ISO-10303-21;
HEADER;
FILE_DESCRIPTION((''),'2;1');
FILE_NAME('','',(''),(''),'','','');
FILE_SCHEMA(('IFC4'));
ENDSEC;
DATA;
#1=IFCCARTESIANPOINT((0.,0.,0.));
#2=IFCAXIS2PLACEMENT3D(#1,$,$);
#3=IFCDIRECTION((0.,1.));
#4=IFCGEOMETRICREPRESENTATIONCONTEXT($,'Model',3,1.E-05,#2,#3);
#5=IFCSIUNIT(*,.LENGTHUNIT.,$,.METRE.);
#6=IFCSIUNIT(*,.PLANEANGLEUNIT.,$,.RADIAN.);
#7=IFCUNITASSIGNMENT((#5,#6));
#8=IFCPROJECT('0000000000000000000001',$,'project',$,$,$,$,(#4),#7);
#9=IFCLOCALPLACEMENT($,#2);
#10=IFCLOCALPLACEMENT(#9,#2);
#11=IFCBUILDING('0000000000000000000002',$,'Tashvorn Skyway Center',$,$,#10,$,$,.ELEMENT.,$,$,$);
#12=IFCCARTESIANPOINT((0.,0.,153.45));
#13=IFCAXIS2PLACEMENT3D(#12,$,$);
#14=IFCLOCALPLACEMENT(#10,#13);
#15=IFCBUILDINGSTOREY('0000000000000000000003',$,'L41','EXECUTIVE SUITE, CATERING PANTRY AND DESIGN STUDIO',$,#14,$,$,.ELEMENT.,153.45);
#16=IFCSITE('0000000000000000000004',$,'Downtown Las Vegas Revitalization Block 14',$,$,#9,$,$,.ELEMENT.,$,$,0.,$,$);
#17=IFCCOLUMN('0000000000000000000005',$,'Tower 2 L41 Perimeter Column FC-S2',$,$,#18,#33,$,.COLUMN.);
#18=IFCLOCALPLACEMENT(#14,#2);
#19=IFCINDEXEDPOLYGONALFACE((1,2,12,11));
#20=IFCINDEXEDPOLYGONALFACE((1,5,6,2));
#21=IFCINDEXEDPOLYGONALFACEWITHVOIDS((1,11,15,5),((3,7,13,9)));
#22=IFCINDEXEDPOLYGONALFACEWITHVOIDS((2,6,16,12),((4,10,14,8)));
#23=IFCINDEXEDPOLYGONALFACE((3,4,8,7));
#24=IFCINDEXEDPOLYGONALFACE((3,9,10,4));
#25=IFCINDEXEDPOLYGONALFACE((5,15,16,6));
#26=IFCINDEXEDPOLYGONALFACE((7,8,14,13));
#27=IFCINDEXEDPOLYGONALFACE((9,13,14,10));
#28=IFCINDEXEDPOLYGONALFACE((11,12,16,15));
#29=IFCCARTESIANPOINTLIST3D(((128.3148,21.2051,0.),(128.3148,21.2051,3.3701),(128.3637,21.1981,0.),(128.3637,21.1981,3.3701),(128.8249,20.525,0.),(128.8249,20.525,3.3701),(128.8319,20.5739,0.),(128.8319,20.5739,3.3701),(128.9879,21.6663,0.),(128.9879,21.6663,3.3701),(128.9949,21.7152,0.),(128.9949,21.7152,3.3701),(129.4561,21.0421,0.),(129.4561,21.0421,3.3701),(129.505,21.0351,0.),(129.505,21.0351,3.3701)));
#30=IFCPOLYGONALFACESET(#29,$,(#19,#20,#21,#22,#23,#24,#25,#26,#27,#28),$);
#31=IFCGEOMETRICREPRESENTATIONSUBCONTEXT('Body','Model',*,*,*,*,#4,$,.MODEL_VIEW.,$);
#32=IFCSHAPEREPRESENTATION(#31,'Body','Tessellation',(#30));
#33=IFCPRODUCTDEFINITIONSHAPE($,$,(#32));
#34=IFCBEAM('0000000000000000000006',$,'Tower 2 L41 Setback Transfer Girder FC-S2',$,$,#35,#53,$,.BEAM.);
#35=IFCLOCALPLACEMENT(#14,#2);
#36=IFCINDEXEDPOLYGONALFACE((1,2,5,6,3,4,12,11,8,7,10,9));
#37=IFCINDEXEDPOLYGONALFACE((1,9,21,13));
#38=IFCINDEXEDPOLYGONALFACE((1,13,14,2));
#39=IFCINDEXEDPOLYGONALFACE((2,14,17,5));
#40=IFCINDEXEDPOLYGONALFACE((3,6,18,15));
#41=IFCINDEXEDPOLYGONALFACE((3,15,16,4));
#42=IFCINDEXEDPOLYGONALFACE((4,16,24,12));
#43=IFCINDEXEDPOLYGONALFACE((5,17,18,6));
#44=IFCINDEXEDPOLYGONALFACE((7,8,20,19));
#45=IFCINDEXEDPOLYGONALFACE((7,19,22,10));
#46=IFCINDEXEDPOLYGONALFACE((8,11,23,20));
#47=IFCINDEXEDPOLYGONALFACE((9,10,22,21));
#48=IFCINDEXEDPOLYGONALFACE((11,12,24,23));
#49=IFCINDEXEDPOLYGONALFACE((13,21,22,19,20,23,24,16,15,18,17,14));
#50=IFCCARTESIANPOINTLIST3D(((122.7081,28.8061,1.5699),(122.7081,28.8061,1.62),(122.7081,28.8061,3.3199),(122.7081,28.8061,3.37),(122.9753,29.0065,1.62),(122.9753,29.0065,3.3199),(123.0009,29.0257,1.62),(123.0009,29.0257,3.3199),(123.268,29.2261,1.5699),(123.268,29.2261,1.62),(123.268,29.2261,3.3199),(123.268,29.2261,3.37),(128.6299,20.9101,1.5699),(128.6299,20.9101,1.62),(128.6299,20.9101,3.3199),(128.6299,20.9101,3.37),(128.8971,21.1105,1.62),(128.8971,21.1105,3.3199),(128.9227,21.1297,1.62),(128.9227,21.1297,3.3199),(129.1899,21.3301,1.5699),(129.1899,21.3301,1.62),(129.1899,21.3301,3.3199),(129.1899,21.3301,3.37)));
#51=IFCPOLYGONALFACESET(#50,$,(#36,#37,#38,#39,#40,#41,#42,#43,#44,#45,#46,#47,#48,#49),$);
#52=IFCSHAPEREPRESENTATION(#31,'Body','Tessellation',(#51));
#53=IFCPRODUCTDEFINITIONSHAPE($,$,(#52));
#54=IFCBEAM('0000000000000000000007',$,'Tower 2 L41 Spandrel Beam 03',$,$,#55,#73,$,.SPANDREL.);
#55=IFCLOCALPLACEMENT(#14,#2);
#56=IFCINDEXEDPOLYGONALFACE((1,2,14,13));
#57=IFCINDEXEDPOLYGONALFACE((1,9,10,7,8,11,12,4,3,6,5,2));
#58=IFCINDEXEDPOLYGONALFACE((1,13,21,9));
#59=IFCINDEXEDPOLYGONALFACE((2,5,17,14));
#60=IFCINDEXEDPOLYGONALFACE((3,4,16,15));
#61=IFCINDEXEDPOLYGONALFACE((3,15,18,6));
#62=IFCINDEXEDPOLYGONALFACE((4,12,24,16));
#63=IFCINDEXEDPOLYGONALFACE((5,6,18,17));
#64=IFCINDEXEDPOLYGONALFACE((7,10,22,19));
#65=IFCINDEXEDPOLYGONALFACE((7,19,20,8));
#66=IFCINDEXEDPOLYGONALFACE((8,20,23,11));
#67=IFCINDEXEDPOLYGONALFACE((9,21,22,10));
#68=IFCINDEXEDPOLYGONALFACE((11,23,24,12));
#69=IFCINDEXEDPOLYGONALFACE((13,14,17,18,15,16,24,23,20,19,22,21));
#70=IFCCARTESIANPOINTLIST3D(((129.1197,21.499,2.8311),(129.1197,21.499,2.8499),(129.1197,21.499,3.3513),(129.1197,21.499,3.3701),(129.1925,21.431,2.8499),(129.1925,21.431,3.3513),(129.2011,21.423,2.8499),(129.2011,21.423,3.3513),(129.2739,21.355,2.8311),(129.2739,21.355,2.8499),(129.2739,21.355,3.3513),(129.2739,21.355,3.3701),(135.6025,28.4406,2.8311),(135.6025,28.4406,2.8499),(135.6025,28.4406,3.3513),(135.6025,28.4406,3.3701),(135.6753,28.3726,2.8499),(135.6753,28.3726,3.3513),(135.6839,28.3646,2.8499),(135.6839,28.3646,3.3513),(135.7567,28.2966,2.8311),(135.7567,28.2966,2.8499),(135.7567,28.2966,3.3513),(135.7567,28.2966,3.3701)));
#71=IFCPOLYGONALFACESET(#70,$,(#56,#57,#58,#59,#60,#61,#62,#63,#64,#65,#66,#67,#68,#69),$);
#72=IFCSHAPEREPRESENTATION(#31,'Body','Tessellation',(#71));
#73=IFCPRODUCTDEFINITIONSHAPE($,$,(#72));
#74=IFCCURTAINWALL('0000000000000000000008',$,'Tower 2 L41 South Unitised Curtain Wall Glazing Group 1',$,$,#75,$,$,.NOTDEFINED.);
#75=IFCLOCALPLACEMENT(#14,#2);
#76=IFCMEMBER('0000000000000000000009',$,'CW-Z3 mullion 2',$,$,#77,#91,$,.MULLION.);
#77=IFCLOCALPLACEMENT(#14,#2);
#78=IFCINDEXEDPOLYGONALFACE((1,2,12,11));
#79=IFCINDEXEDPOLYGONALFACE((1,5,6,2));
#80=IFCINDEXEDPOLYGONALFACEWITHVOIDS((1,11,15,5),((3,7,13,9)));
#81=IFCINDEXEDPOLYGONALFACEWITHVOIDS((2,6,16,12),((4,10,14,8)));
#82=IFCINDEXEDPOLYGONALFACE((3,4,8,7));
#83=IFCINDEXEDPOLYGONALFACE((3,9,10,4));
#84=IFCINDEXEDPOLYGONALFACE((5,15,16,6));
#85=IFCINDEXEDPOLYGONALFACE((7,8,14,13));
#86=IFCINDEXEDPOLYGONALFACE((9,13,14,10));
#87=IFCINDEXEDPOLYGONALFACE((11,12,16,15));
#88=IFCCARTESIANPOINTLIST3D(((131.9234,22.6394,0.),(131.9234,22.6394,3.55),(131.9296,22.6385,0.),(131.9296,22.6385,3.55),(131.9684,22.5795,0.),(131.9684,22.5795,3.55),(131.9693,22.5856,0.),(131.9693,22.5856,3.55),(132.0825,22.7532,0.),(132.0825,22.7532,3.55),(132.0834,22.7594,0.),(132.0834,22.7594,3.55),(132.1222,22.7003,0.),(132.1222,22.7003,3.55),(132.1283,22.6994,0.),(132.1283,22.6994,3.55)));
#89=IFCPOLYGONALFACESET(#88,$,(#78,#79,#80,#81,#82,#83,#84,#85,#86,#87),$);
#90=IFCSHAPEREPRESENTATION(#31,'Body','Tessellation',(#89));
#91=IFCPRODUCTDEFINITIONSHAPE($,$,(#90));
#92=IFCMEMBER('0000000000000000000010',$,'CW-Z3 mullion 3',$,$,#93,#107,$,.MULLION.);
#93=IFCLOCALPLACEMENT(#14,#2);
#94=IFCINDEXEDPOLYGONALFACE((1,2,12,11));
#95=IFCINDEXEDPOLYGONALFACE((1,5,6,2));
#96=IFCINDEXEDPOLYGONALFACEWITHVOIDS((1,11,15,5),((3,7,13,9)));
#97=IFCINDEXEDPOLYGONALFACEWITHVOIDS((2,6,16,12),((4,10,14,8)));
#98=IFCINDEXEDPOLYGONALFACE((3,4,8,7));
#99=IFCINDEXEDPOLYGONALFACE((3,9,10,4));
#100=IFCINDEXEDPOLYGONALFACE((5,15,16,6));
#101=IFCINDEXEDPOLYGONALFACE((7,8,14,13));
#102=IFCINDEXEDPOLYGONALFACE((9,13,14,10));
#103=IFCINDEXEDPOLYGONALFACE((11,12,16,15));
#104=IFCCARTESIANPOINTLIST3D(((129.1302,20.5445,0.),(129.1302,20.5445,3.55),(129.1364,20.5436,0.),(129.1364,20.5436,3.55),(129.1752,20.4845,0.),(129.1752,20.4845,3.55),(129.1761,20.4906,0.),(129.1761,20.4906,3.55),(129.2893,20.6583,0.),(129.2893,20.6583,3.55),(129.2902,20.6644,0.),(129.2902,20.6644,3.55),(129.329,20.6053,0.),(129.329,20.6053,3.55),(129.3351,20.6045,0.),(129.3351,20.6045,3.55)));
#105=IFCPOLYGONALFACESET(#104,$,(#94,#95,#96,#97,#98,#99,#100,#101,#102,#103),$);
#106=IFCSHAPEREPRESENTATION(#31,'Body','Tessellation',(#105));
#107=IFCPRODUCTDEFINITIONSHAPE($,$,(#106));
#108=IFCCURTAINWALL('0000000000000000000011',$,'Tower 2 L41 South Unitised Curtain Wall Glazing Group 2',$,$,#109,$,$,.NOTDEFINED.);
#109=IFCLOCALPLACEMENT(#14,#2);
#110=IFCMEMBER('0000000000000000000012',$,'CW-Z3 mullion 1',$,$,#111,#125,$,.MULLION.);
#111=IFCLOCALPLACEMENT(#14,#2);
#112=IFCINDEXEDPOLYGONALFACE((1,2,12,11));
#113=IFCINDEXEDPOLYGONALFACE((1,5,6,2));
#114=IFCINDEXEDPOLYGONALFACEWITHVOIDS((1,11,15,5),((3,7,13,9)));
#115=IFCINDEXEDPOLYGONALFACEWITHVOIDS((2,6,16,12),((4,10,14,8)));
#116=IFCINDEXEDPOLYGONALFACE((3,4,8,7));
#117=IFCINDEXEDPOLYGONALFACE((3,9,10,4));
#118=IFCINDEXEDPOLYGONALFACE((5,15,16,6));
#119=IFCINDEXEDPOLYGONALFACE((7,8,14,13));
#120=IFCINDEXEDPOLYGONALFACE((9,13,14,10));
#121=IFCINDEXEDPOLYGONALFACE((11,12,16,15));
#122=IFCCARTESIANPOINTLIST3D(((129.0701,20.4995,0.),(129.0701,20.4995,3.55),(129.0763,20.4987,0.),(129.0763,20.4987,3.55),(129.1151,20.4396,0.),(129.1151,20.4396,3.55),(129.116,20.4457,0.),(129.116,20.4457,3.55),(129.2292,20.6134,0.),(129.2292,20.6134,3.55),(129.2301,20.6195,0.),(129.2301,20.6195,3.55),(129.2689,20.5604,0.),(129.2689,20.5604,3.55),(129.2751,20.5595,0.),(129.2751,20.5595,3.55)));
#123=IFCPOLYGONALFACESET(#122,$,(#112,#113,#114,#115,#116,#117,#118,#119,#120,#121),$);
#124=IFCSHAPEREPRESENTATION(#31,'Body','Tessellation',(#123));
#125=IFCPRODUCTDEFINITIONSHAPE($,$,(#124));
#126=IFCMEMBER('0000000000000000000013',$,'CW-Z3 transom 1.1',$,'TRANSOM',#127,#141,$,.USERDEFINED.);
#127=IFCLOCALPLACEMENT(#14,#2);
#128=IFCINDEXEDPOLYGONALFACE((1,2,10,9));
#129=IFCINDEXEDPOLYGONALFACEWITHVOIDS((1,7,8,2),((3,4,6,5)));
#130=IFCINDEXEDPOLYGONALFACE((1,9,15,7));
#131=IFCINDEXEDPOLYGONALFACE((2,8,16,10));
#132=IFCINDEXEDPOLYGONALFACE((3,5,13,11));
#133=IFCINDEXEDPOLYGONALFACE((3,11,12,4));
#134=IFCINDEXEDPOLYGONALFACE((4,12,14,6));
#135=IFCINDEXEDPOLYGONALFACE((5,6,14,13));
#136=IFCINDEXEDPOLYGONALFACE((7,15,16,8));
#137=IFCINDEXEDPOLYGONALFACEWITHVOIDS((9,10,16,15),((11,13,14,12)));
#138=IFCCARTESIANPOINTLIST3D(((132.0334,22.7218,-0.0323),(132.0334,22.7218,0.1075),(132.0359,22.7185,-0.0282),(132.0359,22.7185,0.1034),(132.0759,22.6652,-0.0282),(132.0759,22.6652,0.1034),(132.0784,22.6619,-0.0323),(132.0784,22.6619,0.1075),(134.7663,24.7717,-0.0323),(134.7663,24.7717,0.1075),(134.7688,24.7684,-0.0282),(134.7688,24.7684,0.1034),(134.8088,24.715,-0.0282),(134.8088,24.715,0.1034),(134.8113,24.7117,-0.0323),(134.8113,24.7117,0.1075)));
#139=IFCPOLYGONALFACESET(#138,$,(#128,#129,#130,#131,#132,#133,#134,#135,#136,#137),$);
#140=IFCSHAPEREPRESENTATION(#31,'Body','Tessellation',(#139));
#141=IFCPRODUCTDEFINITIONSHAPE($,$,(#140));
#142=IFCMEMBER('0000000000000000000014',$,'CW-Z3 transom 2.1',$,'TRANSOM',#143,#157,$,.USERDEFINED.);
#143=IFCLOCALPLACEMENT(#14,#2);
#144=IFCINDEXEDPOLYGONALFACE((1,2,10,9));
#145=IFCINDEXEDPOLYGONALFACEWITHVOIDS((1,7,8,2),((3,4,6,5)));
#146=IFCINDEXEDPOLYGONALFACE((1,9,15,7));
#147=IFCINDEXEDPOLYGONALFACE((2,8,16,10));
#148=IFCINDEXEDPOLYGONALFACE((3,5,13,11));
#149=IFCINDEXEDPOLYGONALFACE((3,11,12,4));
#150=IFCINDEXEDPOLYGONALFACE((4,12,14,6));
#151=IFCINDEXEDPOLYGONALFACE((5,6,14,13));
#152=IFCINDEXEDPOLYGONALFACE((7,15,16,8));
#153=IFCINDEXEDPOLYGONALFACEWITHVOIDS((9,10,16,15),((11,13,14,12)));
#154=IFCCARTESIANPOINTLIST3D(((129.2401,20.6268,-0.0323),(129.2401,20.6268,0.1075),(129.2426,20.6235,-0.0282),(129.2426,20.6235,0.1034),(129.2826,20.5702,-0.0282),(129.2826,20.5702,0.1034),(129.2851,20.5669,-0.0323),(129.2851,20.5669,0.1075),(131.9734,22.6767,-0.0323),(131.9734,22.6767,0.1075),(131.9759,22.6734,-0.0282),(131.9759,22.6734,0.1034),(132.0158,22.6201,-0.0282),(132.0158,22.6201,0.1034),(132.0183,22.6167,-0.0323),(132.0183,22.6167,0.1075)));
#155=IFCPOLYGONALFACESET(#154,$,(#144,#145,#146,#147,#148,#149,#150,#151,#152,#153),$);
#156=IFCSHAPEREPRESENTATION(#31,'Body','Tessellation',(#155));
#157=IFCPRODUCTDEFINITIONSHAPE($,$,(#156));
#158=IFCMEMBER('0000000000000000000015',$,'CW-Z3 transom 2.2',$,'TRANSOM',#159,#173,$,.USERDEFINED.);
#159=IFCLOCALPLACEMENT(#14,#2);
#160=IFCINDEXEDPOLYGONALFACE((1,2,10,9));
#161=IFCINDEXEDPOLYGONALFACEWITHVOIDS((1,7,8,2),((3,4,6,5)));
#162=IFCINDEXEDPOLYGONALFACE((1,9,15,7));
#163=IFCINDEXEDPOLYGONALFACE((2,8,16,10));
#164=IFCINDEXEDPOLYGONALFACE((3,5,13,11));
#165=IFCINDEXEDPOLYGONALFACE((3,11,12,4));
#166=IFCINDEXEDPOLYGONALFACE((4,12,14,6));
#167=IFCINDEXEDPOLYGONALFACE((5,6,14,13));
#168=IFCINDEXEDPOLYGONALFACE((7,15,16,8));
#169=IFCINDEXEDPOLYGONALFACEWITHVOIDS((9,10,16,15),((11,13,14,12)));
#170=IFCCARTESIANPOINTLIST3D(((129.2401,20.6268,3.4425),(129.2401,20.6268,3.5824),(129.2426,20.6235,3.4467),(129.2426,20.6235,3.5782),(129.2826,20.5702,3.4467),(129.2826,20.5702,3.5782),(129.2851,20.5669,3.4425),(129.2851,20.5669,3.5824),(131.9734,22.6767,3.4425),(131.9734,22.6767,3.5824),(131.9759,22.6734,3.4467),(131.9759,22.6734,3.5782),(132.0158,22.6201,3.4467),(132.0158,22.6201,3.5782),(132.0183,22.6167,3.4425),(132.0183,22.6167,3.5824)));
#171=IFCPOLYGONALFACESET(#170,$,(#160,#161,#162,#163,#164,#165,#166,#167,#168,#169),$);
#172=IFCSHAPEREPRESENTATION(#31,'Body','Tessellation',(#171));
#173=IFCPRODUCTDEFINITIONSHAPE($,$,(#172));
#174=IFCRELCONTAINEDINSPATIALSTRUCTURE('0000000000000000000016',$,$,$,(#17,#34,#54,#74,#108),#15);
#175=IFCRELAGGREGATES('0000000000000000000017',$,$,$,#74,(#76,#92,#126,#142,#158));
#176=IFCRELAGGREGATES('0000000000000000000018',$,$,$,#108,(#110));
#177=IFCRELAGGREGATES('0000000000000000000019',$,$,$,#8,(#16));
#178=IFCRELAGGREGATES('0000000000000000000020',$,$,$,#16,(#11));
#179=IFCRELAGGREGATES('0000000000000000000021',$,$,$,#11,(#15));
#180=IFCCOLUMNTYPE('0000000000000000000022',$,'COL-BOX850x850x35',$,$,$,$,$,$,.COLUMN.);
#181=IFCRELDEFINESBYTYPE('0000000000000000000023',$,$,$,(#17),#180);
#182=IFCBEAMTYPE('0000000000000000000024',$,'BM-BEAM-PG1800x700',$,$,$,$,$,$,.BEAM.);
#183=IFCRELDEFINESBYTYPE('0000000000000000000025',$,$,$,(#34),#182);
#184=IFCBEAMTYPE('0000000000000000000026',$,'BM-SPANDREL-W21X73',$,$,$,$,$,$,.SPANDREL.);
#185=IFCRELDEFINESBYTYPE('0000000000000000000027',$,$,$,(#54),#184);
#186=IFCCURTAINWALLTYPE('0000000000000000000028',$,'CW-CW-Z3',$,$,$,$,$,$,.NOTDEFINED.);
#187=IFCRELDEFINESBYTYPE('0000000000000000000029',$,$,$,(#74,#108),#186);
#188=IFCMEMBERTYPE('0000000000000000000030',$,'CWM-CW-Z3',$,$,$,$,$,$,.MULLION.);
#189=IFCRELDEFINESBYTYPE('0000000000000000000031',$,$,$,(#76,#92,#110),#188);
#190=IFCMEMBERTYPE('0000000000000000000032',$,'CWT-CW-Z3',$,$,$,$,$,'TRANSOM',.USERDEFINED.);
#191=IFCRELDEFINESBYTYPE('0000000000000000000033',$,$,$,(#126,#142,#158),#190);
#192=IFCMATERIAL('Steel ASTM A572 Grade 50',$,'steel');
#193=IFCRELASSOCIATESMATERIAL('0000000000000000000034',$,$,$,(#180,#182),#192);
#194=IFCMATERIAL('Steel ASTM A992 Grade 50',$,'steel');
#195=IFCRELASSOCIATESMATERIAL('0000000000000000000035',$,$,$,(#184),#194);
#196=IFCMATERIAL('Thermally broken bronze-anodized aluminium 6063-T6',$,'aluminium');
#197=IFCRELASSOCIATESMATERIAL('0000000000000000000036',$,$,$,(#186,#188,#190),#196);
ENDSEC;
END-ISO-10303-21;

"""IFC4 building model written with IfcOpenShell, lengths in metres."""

from ifc_helpers import new_model, si_unit, direction, frame, origin, origin_2d, place, context, subcontext, project, spatial, hollow_rectangle, i_section, extrude, material, material_profile, profile_set, type_object, element, aggregate, save


model = new_model("IFC4")

# Units and contexts
model_context = context("Model", 3, precision=1e-05, world=origin(), true_north=direction((0.0, 1.0)))
body_context = subcontext(model_context, "Body", "Model", "MODEL_VIEW")
ifc_project = project(units=[si_unit("LENGTHUNIT", "METRE"), si_unit("PLANEANGLEUNIT", "RADIAN")], contexts=[model_context])

# Site, building, storey
site_placement = place(None, origin())
site = spatial("IfcSite", under=ifc_project, at=site_placement, Name="Downtown Las Vegas Revitalization Block 14", CompositionType="ELEMENT", RefElevation=0.0)
building_placement = place(site_placement, origin())
building = spatial("IfcBuilding", under=site, at=building_placement, Name="Tashvorn Skyway Center", CompositionType="ELEMENT")
storey_placement = place(building_placement, frame((0.0, 0.0, 153.45)))
storey = spatial("IfcBuildingStorey", under=building, at=storey_placement, Name="L41", Description="EXECUTIVE SUITE, CATERING PANTRY AND DESIGN STUDIO", CompositionType="ELEMENT", Elevation=153.45)

# Column
ifc_material_1 = material(Name="Steel ASTM A572 Grade 50", Category="steel")
ifc_material_profile_1 = material_profile(ifc_material_1, hollow_rectangle(XDim=0.8501, YDim=0.8501, WallThickness=0.0349, at=origin_2d()), Name="BOX850x850x35")
ifc_profile_set_1 = profile_set([ifc_material_profile_1], Name="Steel ASTM A572 Grade 50")
column_type = type_object("IfcColumnType", Name="COL-BOX850x850x35", PredefinedType="COLUMN", material=ifc_profile_set_1)
column_placement = place(storey_placement, frame((128.9099, 21.1201, 0.0), z_axis=(0.0, 0.0, 1.0), x_axis=(0.8, 0.6, 0.0)))
element("IfcColumn", 1, at=column_placement, inside=storey, type_object=column_type, Name="Tower 2 L41 Perimeter Column FC-S2", PredefinedType="COLUMN", context=body_context, shape_type="SweptSolid", body=[
    extrude(hollow_rectangle(XDim=0.8501, YDim=0.8501, WallThickness=0.0349, at=origin_2d()), origin(), (0.0, 0.0, 1.0), 3.3701),
])

# Beams
ifc_material_profile_2 = material_profile(ifc_material_1, i_section(OverallWidth=0.7, OverallDepth=1.8, WebThickness=0.032, FlangeThickness=0.05, at=origin_2d()), Name="PG1800x700")
ifc_profile_set_2 = profile_set([ifc_material_profile_2], Name="Steel ASTM A572 Grade 50")
beam_type_1 = type_object("IfcBeamType", Name="BM-BEAM-PG1800x700", PredefinedType="BEAM", material=ifc_profile_set_2)
beam_1_placement = place(storey_placement, frame((128.9099, 21.1201, 2.47), z_axis=(-0.599992, 0.800006, 0.0), x_axis=(-0.800006, -0.599992, 0.0)))
element("IfcBeam", 2, at=beam_1_placement, inside=storey, type_object=beam_type_1, Name="Tower 2 L41 Setback Transfer Girder FC-S2", PredefinedType="BEAM", context=body_context, shape_type="SweptSolid", body=[
    extrude(i_section(OverallWidth=0.7, OverallDepth=1.8, WebThickness=0.032, FlangeThickness=0.05, at=origin_2d()), origin(), (0.0, 0.0, 1.0), 9.8699),
])
ifc_material_2 = material(Name="Steel ASTM A992 Grade 50", Category="steel")
ifc_material_profile_3 = material_profile(ifc_material_2, i_section(OverallWidth=0.2109, OverallDepth=0.5391, WebThickness=0.0117, FlangeThickness=0.0188, at=origin_2d()), Name="W21X73")
ifc_profile_set_3 = profile_set([ifc_material_profile_3], Name="Steel ASTM A992 Grade 50")
beam_type_2 = type_object("IfcBeamType", Name="BM-SPANDREL-W21X73", PredefinedType="SPANDREL", material=ifc_profile_set_3)
beam_2_placement = place(storey_placement, frame((129.1968, 21.427, 3.1006), z_axis=(0.682545, 0.730843, 0.0), x_axis=(-0.730843, 0.682545, 0.0)))
element("IfcBeam", 3, at=beam_2_placement, inside=storey, type_object=beam_type_2, Name="Tower 2 L41 Spandrel Beam 03", PredefinedType="SPANDREL", context=body_context, shape_type="SweptSolid", body=[
    extrude(i_section(OverallWidth=0.2109, OverallDepth=0.5391, WebThickness=0.0117, FlangeThickness=0.0188, at=origin_2d()), origin(), (0.0, 0.0, 1.0), 9.498),
])

# Curtain wall, members
ifc_material_3 = material(Name="Thermally broken bronze-anodized aluminium 6063-T6", Category="aluminium")
curtain_wall_type = type_object("IfcCurtainWallType", Name="CW-CW-Z3", PredefinedType="NOTDEFINED", material=ifc_material_3)
curtain_wall_1_placement = place(storey_placement, origin())
curtain_wall_1 = element("IfcCurtainWall", 4, at=curtain_wall_1_placement, inside=storey, type_object=curtain_wall_type, Name="Tower 2 L41 South Unitised Curtain Wall Glazing Group 1", PredefinedType="NOTDEFINED")
ifc_material_profile_4 = material_profile(ifc_material_3, hollow_rectangle(XDim=0.075, YDim=0.2, WallThickness=0.0044, at=origin_2d()), Name="ALU-MULL-75x200")
ifc_profile_set_4 = profile_set([ifc_material_profile_4], Name="Thermally broken bronze-anodized aluminium 6063-T6")
member_type_1 = type_object("IfcMemberType", Name="CWM-CW-Z3", PredefinedType="MULLION", material=ifc_profile_set_4)
member_1_placement = place(storey_placement, frame((132.0259, 22.6694, 0.0), z_axis=(0.0, 0.0, 1.0), x_axis=(0.600005, -0.799997, 0.0)))
member_1 = element("IfcMember", 5, at=member_1_placement, type_object=member_type_1, Name="CW-Z3 mullion 2", PredefinedType="MULLION", context=body_context, shape_type="SweptSolid", body=[
    extrude(hollow_rectangle(XDim=0.075, YDim=0.2, WallThickness=0.0044, at=origin_2d()), origin(), (0.0, 0.0, 1.0), 3.55),
])
member_2_placement = place(storey_placement, frame((129.2327, 20.5745, 0.0), z_axis=(0.0, 0.0, 1.0), x_axis=(0.600005, -0.799997, 0.0)))
member_2 = element("IfcMember", 6, at=member_2_placement, type_object=member_type_1, Name="CW-Z3 mullion 3", PredefinedType="MULLION", context=body_context, shape_type="SweptSolid", body=[
    extrude(hollow_rectangle(XDim=0.075, YDim=0.2, WallThickness=0.0044, at=origin_2d()), origin(), (0.0, 0.0, 1.0), 3.55),
])

# Curtain wall, member
curtain_wall_2_placement = place(storey_placement, origin())
curtain_wall_2 = element("IfcCurtainWall", 7, at=curtain_wall_2_placement, inside=storey, type_object=curtain_wall_type, Name="Tower 2 L41 South Unitised Curtain Wall Glazing Group 2", PredefinedType="NOTDEFINED")
member_3_placement = place(storey_placement, frame((129.1726, 20.5295, 0.0), z_axis=(0.0, 0.0, 1.0), x_axis=(0.599997, -0.800002, 0.0)))
member_3 = element("IfcMember", 8, at=member_3_placement, type_object=member_type_1, Name="CW-Z3 mullion 1", PredefinedType="MULLION", context=body_context, shape_type="SweptSolid", body=[
    extrude(hollow_rectangle(XDim=0.075, YDim=0.2, WallThickness=0.0044, at=origin_2d()), origin(), (0.0, 0.0, 1.0), 3.55),
])

# Members
ifc_material_profile_5 = material_profile(ifc_material_3, hollow_rectangle(XDim=0.075, YDim=0.1399, WallThickness=0.0042, at=origin_2d()), Name="ALU-TRAN-75x140")
ifc_profile_set_5 = profile_set([ifc_material_profile_5], Name="Thermally broken bronze-anodized aluminium 6063-T6")
member_type_2 = type_object("IfcMemberType", Name="CWT-CW-Z3", ElementType="TRANSOM", PredefinedType="USERDEFINED", material=ifc_profile_set_5)
member_4_placement = place(storey_placement, frame((134.7888, 24.7417, 0.0376), z_axis=(-0.799983, -0.600023, 0.0), x_axis=(0.600023, -0.799983, 0.0)))
member_4 = element("IfcMember", 9, at=member_4_placement, type_object=member_type_2, Name="CW-Z3 transom 1.1", ObjectType="TRANSOM", PredefinedType="USERDEFINED", context=body_context, shape_type="SweptSolid", body=[
    extrude(hollow_rectangle(XDim=0.075, YDim=0.1399, WallThickness=0.0042, at=origin_2d()), origin(), (0.0, 0.0, 1.0), 3.4163),
])
member_5_placement = place(storey_placement, frame((131.9958, 22.6467, 0.0376), z_axis=(-0.800009, -0.599989, 0.0), x_axis=(0.599989, -0.800009, 0.0)))
member_5 = element("IfcMember", 10, at=member_5_placement, type_object=member_type_2, Name="CW-Z3 transom 2.1", ObjectType="TRANSOM", PredefinedType="USERDEFINED", context=body_context, shape_type="SweptSolid", body=[
    extrude(hollow_rectangle(XDim=0.075, YDim=0.1399, WallThickness=0.0042, at=origin_2d()), origin(), (0.0, 0.0, 1.0), 3.4165),
])
member_6_placement = place(storey_placement, frame((131.9958, 22.6467, 3.5125), z_axis=(-0.800009, -0.599989, 0.0), x_axis=(0.599989, -0.800009, 0.0)))
member_6 = element("IfcMember", 11, at=member_6_placement, type_object=member_type_2, Name="CW-Z3 transom 2.2", ObjectType="TRANSOM", PredefinedType="USERDEFINED", context=body_context, shape_type="SweptSolid", body=[
    extrude(hollow_rectangle(XDim=0.075, YDim=0.1399, WallThickness=0.0042, at=origin_2d()), origin(), (0.0, 0.0, 1.0), 3.4165),
])

aggregate(curtain_wall_1, [member_1, member_2, member_4, member_5, member_6])
aggregate(curtain_wall_2, [member_3])

save(model, "model.ifc")
